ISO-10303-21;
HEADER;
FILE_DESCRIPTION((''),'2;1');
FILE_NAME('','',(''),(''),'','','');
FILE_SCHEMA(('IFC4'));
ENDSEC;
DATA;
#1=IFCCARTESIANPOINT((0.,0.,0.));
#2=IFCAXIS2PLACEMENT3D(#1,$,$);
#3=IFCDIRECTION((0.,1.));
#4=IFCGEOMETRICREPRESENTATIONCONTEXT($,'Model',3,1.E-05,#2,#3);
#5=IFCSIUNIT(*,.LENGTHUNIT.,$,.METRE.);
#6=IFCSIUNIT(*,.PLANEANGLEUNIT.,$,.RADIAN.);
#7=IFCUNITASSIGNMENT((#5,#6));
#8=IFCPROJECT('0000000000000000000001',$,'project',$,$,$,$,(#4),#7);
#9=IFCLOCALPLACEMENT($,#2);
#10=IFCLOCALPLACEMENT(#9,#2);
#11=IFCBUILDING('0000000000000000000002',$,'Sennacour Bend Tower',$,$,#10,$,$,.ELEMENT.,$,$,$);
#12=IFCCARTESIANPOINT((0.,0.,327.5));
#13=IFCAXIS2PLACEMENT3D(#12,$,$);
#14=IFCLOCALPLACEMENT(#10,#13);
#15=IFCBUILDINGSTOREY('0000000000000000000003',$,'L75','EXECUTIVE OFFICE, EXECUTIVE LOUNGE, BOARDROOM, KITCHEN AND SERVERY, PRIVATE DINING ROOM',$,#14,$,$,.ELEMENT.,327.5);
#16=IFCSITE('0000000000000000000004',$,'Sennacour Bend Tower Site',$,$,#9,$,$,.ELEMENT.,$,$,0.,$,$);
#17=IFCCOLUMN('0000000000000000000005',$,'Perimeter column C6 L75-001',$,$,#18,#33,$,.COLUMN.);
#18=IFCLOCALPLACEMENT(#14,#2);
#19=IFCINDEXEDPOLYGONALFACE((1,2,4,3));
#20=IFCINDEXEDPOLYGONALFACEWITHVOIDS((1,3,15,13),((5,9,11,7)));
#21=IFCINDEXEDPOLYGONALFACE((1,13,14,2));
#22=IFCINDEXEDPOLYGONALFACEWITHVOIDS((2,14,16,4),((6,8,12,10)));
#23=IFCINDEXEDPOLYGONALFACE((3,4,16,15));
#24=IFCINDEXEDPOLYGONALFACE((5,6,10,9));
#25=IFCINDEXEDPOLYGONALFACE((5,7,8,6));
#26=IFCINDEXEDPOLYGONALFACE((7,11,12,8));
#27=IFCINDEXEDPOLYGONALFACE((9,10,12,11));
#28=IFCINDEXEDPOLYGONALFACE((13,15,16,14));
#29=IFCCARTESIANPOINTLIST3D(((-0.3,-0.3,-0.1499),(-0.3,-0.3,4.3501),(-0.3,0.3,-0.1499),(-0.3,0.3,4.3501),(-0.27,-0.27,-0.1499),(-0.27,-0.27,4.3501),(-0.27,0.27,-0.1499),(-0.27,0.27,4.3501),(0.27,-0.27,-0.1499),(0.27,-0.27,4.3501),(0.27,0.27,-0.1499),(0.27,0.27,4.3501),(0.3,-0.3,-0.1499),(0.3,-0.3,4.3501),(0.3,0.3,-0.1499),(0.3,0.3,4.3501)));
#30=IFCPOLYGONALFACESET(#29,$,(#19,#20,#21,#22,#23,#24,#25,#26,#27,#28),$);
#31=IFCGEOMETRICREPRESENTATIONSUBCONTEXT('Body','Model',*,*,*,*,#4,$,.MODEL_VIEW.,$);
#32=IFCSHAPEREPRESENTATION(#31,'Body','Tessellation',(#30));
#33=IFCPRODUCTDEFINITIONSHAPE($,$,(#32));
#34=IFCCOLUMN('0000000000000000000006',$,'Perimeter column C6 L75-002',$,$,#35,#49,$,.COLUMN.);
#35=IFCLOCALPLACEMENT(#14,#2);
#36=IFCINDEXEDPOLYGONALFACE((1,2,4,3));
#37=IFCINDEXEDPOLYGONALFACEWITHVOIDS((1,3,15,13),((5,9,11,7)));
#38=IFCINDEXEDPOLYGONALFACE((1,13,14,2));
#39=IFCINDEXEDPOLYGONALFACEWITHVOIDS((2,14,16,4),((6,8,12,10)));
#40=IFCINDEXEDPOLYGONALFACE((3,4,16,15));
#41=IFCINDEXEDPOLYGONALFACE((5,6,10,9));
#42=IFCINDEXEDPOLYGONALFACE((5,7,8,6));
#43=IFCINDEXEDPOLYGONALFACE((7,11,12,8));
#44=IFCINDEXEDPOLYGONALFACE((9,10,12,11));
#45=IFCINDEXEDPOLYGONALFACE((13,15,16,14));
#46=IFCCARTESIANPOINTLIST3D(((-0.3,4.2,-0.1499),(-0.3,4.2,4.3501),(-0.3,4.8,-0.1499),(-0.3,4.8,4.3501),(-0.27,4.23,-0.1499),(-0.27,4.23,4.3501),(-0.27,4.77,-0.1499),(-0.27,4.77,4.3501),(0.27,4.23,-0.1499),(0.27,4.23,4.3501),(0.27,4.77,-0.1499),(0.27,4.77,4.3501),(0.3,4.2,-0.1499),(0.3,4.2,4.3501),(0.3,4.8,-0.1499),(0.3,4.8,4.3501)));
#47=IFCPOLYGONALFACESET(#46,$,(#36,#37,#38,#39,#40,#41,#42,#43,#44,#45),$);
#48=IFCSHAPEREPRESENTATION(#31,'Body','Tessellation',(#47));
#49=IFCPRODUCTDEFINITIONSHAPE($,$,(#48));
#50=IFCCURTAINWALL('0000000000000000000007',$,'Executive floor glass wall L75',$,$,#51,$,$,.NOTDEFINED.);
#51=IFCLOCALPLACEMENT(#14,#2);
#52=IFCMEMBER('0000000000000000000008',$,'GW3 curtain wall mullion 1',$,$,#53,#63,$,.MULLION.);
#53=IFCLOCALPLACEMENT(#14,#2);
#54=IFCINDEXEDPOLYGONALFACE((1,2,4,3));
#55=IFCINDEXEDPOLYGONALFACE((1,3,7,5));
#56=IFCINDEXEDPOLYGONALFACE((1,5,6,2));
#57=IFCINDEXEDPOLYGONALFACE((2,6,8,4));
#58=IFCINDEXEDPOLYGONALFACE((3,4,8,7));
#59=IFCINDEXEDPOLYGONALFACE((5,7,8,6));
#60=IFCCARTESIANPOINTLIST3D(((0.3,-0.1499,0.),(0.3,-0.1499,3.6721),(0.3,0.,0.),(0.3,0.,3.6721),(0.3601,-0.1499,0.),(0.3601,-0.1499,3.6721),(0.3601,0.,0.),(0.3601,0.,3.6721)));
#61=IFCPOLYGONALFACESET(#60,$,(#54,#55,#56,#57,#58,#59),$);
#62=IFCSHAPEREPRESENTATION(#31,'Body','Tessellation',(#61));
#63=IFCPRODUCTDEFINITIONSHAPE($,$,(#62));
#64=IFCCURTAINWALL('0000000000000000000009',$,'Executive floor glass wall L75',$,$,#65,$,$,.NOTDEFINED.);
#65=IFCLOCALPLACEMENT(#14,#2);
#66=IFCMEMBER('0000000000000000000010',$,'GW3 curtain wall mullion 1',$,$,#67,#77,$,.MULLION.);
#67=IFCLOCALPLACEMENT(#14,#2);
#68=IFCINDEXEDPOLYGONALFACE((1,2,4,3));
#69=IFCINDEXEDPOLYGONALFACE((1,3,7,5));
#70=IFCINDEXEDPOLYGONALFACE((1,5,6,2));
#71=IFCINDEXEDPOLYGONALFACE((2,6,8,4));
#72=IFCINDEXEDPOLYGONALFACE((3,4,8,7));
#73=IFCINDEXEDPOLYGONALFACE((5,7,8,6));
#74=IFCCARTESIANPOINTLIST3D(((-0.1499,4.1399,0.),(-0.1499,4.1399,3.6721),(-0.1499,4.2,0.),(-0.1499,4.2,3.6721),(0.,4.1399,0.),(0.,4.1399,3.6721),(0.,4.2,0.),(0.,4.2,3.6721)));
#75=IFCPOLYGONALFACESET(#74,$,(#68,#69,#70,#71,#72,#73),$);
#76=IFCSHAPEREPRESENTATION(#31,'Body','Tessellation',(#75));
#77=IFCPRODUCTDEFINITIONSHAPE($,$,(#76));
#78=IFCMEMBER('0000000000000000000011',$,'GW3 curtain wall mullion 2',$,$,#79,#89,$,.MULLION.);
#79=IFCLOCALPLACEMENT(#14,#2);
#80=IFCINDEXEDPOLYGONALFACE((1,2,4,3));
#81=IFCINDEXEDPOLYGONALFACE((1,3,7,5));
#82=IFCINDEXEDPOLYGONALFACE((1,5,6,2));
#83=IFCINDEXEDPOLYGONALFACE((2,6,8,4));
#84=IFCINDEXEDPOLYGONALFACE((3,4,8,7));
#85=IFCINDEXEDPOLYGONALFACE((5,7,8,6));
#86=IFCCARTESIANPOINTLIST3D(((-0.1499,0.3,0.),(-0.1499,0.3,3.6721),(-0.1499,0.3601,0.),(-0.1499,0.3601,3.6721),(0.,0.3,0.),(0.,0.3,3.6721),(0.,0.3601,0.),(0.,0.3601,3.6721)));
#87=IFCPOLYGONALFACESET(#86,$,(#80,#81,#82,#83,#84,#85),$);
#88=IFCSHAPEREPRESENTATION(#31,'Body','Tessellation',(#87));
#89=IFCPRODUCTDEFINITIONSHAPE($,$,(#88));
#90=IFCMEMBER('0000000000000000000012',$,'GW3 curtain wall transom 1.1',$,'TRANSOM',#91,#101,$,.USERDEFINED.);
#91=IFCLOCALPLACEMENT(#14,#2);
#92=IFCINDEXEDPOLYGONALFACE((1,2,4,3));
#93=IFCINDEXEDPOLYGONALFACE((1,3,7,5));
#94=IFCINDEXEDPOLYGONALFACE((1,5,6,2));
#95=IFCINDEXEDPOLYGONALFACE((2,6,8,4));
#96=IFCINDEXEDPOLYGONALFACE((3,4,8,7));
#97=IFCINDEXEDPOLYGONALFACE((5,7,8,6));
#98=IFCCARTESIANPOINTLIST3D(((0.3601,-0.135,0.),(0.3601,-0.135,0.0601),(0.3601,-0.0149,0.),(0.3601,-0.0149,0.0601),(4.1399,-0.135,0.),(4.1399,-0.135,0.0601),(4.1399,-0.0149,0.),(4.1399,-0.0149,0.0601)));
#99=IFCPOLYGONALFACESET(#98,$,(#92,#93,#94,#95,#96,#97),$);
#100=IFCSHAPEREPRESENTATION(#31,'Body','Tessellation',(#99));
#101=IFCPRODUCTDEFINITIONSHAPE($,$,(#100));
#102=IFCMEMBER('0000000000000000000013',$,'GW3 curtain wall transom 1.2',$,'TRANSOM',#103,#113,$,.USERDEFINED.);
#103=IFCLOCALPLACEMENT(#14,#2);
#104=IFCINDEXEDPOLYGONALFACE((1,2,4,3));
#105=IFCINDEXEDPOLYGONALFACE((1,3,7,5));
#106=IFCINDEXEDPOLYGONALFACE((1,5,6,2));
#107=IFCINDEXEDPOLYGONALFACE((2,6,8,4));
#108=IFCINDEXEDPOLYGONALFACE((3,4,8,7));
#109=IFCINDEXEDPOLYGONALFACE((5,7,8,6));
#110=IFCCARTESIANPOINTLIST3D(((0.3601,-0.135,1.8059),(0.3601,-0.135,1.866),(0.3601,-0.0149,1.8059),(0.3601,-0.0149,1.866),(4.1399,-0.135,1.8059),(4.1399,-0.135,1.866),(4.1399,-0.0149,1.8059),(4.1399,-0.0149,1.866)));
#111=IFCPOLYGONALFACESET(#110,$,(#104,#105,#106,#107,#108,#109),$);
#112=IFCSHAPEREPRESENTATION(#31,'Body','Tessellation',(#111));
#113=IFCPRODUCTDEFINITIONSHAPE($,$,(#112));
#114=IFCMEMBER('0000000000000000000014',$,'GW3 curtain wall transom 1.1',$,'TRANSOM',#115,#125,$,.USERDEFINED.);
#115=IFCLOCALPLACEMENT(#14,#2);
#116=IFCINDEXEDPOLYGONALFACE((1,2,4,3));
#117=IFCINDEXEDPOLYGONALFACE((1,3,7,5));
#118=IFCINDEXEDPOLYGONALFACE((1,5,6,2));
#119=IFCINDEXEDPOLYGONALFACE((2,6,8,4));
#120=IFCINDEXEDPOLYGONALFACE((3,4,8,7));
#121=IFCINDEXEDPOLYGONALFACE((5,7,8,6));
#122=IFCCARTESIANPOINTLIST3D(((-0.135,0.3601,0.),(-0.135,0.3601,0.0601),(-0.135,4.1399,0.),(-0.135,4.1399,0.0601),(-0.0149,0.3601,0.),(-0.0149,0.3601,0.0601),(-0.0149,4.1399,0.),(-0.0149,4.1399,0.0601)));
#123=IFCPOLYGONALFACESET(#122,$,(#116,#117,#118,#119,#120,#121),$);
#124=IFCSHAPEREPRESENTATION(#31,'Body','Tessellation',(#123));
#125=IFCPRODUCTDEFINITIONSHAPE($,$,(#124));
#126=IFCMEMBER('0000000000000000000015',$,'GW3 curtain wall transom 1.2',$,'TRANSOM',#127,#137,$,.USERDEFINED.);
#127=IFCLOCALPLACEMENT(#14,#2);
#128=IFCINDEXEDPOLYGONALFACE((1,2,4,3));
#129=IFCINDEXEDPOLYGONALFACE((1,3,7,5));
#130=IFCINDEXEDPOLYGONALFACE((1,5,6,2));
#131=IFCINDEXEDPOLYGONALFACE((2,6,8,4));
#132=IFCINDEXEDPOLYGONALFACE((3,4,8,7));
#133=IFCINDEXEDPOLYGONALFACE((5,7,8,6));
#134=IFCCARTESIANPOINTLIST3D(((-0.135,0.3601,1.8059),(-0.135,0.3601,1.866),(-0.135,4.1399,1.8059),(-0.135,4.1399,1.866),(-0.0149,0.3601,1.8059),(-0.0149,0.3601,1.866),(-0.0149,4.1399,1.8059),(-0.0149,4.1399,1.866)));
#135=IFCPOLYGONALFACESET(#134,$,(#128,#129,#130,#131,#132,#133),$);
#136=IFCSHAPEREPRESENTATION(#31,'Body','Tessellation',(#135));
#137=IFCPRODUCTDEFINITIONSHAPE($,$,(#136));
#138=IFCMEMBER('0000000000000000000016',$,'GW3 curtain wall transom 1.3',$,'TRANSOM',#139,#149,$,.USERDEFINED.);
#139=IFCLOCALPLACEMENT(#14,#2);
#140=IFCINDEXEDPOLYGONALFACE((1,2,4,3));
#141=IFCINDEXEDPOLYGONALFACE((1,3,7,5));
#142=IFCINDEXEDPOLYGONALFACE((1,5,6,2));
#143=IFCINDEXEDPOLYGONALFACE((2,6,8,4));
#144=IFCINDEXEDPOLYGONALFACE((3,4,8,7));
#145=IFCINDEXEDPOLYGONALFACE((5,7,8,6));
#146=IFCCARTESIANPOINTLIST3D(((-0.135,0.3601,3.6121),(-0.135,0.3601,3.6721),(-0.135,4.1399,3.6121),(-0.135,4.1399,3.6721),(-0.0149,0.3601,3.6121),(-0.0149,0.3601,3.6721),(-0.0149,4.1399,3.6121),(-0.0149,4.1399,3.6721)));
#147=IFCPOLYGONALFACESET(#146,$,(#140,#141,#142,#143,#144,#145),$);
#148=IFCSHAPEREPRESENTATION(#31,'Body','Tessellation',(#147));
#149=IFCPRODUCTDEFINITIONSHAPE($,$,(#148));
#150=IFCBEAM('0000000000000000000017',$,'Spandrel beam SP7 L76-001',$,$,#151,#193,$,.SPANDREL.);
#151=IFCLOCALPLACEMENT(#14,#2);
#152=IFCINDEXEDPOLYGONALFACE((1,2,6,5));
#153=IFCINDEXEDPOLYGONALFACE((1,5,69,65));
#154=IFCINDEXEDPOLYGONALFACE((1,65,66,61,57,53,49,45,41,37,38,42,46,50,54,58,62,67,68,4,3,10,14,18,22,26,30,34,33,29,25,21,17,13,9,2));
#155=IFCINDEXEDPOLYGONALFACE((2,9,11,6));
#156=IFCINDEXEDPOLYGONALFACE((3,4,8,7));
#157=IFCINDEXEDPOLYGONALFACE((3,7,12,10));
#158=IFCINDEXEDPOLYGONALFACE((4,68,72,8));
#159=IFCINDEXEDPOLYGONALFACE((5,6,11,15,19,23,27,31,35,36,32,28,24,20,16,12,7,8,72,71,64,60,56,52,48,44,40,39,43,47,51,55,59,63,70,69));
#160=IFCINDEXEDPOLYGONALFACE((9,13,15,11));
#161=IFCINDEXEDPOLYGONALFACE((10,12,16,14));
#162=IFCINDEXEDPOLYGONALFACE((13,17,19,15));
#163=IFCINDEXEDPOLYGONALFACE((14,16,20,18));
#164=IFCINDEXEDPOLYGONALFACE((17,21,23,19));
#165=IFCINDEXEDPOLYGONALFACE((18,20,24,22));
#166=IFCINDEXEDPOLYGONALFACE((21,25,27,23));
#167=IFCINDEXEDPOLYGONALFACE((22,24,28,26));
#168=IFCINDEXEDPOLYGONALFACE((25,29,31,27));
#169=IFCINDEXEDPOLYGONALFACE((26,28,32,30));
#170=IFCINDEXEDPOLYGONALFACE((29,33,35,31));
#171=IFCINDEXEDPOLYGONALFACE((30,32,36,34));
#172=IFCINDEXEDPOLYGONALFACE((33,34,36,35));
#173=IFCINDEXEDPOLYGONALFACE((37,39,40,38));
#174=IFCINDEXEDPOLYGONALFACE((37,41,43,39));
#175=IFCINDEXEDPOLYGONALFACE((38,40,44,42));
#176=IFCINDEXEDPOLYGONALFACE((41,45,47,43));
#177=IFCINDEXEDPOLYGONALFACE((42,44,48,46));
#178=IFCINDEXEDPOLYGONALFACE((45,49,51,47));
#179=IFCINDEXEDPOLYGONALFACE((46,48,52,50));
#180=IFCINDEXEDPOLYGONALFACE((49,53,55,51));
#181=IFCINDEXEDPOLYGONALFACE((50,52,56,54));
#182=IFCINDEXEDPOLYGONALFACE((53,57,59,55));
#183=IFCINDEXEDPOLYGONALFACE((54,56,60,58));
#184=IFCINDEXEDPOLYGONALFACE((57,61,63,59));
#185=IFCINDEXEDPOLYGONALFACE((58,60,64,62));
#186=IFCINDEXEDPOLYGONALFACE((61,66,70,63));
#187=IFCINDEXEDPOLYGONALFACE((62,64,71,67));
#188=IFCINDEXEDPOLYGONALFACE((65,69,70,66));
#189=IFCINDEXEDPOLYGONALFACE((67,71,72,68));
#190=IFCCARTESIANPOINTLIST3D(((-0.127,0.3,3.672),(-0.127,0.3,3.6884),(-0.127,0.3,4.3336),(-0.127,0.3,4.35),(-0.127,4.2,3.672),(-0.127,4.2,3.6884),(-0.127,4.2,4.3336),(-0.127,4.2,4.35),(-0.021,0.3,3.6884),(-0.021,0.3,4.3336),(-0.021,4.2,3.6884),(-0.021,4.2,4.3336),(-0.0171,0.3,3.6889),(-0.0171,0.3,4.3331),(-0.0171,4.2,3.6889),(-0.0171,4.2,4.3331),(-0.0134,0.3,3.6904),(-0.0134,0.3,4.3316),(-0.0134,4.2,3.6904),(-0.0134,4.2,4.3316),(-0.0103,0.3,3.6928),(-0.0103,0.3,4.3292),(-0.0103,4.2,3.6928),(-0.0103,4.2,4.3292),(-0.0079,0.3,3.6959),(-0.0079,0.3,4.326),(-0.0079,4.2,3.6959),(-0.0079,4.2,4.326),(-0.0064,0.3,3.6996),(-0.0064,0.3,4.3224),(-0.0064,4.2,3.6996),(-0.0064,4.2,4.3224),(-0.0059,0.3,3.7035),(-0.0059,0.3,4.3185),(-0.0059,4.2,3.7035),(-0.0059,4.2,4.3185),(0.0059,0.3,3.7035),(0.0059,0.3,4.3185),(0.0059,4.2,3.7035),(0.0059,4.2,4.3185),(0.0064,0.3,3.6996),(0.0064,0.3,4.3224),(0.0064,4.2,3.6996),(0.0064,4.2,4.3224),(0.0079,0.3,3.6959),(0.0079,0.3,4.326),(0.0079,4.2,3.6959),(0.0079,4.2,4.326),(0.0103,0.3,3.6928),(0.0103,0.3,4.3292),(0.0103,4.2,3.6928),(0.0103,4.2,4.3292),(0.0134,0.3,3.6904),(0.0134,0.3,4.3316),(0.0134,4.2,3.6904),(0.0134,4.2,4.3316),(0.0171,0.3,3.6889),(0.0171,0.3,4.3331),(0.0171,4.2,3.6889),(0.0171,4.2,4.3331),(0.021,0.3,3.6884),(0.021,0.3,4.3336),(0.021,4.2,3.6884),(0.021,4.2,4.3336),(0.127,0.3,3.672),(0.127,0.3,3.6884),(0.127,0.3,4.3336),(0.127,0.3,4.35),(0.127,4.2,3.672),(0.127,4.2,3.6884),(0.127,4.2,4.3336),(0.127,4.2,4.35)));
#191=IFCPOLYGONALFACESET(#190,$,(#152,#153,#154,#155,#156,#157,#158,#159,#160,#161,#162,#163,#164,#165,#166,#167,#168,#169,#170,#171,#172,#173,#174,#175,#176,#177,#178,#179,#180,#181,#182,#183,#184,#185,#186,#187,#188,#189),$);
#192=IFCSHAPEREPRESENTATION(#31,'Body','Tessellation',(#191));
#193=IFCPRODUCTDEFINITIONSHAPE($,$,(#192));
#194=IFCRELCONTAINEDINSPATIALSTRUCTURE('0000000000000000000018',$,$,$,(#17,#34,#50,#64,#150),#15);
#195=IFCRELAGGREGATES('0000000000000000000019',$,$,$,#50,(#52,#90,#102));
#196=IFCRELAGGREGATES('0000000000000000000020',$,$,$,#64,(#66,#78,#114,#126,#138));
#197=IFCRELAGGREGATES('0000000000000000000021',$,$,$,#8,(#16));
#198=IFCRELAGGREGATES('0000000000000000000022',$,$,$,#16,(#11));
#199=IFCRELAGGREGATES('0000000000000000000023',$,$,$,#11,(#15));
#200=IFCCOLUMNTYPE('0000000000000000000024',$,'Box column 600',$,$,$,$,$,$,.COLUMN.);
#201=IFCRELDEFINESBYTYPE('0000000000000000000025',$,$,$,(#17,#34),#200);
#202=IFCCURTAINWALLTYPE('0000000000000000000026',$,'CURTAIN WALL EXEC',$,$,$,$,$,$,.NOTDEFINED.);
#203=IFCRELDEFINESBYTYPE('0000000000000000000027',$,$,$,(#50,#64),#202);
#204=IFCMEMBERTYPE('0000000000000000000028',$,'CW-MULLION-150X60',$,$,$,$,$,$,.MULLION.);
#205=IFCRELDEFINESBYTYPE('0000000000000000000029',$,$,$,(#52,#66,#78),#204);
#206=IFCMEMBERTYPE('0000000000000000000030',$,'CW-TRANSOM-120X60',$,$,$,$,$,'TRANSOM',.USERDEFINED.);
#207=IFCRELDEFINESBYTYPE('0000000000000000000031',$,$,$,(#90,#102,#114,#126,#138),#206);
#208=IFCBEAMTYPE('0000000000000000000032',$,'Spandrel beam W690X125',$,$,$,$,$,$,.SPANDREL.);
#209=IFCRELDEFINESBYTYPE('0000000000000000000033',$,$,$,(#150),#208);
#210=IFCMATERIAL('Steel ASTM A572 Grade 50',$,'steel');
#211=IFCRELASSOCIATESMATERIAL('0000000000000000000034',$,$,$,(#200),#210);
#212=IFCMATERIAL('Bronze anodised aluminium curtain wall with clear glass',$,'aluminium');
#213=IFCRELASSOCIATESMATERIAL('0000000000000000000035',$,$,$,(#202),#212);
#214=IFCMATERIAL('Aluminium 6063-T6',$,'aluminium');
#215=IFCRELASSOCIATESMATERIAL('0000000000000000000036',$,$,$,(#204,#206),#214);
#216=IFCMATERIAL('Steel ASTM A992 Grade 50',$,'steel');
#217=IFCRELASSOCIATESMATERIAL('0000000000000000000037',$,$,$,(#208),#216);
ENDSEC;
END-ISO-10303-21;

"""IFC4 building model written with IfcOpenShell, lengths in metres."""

from ifc_helpers import new_model, si_unit, direction, frame, origin, origin_2d, place, context, subcontext, project, spatial, rectangle, hollow_rectangle, i_section, extrude, material, material_profile, profile_set, type_object, element, aggregate, save


model = new_model("IFC4")

# Units and contexts
model_context = context("Model", 3, precision=1e-05, world=origin(), true_north=direction((0.0, 1.0)))
body_context = subcontext(model_context, "Body", "Model", "MODEL_VIEW")
ifc_project = project(units=[si_unit("LENGTHUNIT", "METRE"), si_unit("PLANEANGLEUNIT", "RADIAN")], contexts=[model_context])

# Site, building, storey
site_placement = place(None, origin())
site = spatial("IfcSite", under=ifc_project, at=site_placement, Name="Sennacour Bend Tower Site", CompositionType="ELEMENT", RefElevation=0.0)
building_placement = place(site_placement, origin())
building = spatial("IfcBuilding", under=site, at=building_placement, Name="Sennacour Bend Tower", CompositionType="ELEMENT")
storey_placement = place(building_placement, frame((0.0, 0.0, 327.5)))
storey = spatial("IfcBuildingStorey", under=building, at=storey_placement, Name="L75", Description="EXECUTIVE OFFICE, EXECUTIVE LOUNGE, BOARDROOM, KITCHEN AND SERVERY, PRIVATE DINING ROOM", CompositionType="ELEMENT", Elevation=327.5)

# Columns
ifc_material_1 = material(Name="Steel ASTM A572 Grade 50", Category="steel")
ifc_material_profile_1 = material_profile(ifc_material_1, hollow_rectangle(XDim=0.6001, YDim=0.6001, WallThickness=0.03, at=origin_2d()), Name="Steel ASTM A572 Grade 50", Category="steel")
ifc_profile_set_1 = profile_set([ifc_material_profile_1], Name="Steel ASTM A572 Grade 50")
column_type = type_object("IfcColumnType", Name="Box column 600", PredefinedType="COLUMN", material=ifc_profile_set_1)
for number, where, z_axis, x_axis, name in (
    (1, (0.0, 0.0, -0.1499), (0.0, 0.0, 1.0), (1.0, 0.0, 0.0), "Perimeter column C6 L75-001"),
    (2, (0.0, 4.5, -0.1499), (0.0, 0.0, 1.0), (1.0, 0.0, 0.0), "Perimeter column C6 L75-002"),
):
    element("IfcColumn", number, at=place(storey_placement, frame(where, z_axis=z_axis, x_axis=x_axis)), inside=storey, type_object=column_type, Name=name, PredefinedType="COLUMN", context=body_context, shape_type="SweptSolid", body=[
        extrude(hollow_rectangle(XDim=0.6001, YDim=0.6001, WallThickness=0.03, at=origin_2d()), origin(), (0.0, 0.0, 1.0), 4.5),
    ])

# Curtain wall, member
ifc_material_2 = material(Name="Bronze anodised aluminium curtain wall with clear glass", Category="aluminium")
curtain_wall_type = type_object("IfcCurtainWallType", Name="CURTAIN WALL EXEC", PredefinedType="NOTDEFINED", material=ifc_material_2)
curtain_wall_1_placement = place(storey_placement, origin())
curtain_wall_1 = element("IfcCurtainWall", 3, at=curtain_wall_1_placement, inside=storey, type_object=curtain_wall_type, Name="Executive floor glass wall L75", PredefinedType="NOTDEFINED")
ifc_material_3 = material(Name="Aluminium 6063-T6", Category="aluminium")
ifc_material_profile_2 = material_profile(ifc_material_3, rectangle(XDim=0.1499, YDim=0.0601, at=origin_2d()), Name="Aluminium 6063-T6", Category="aluminium")
ifc_profile_set_2 = profile_set([ifc_material_profile_2], Name="Aluminium 6063-T6")
member_type_1 = type_object("IfcMemberType", Name="CW-MULLION-150X60", PredefinedType="MULLION", material=ifc_profile_set_2)
member_1_placement = place(storey_placement, frame((0.3301, -0.075, 0.0), z_axis=(0.0, 0.0, 1.0), x_axis=(0.0, 1.0, 0.0)))
member_1 = element("IfcMember", 4, at=member_1_placement, type_object=member_type_1, Name="GW3 curtain wall mullion 1", PredefinedType="MULLION", context=body_context, shape_type="SweptSolid", body=[
    extrude(rectangle(XDim=0.1499, YDim=0.0601, at=origin_2d()), origin(), (0.0, 0.0, 1.0), 3.6721),
])

# Curtain wall, members
curtain_wall_2_placement = place(storey_placement, origin())
curtain_wall_2 = element("IfcCurtainWall", 5, at=curtain_wall_2_placement, inside=storey, type_object=curtain_wall_type, Name="Executive floor glass wall L75", PredefinedType="NOTDEFINED")
member_2_placement = place(storey_placement, frame((-0.075, 4.1699, 0.0), z_axis=(0.0, 0.0, 1.0), x_axis=(1.0, 0.0, 0.0)))
member_2 = element("IfcMember", 6, at=member_2_placement, type_object=member_type_1, Name="GW3 curtain wall mullion 1", PredefinedType="MULLION", context=body_context, shape_type="SweptSolid", body=[
    extrude(rectangle(XDim=0.1499, YDim=0.0601, at=origin_2d()), origin(), (0.0, 0.0, 1.0), 3.6721),
])
member_3_placement = place(storey_placement, frame((-0.075, 0.3301, 0.0), z_axis=(0.0, 0.0, 1.0), x_axis=(1.0, 0.0, 0.0)))
member_3 = element("IfcMember", 7, at=member_3_placement, type_object=member_type_1, Name="GW3 curtain wall mullion 2", PredefinedType="MULLION", context=body_context, shape_type="SweptSolid", body=[
    extrude(rectangle(XDim=0.1499, YDim=0.0601, at=origin_2d()), origin(), (0.0, 0.0, 1.0), 3.6721),
])

# Members
ifc_material_profile_3 = material_profile(ifc_material_3, rectangle(XDim=0.1201, YDim=0.0601, at=origin_2d()), Name="Aluminium 6063-T6", Category="aluminium")
ifc_profile_set_3 = profile_set([ifc_material_profile_3], Name="Aluminium 6063-T6")
member_type_2 = type_object("IfcMemberType", Name="CW-TRANSOM-120X60", ElementType="TRANSOM", PredefinedType="USERDEFINED", material=ifc_profile_set_3)
member_4_placement = place(storey_placement, frame((0.3601, -0.075, 0.03), z_axis=(1.0, 0.0, 0.0), x_axis=(0.0, 1.0, 0.0)))
member_4 = element("IfcMember", 8, at=member_4_placement, type_object=member_type_2, Name="GW3 curtain wall transom 1.1", ObjectType="TRANSOM", PredefinedType="USERDEFINED", context=body_context, shape_type="SweptSolid", body=[
    extrude(rectangle(XDim=0.1201, YDim=0.0601, at=origin_2d()), origin(), (0.0, 0.0, 1.0), 3.7798),
])
member_5_placement = place(storey_placement, frame((0.3601, -0.075, 1.8359), z_axis=(1.0, 0.0, 0.0), x_axis=(0.0, 1.0, 0.0)))
member_5 = element("IfcMember", 9, at=member_5_placement, type_object=member_type_2, Name="GW3 curtain wall transom 1.2", ObjectType="TRANSOM", PredefinedType="USERDEFINED", context=body_context, shape_type="SweptSolid", body=[
    extrude(rectangle(XDim=0.1201, YDim=0.0601, at=origin_2d()), origin(), (0.0, 0.0, 1.0), 3.7798),
])
aggregate(curtain_wall_1, [member_1, member_4, member_5])
member_6_placement = place(storey_placement, frame((-0.075, 4.1399, 0.03), z_axis=(0.0, -1.0, 0.0), x_axis=(1.0, 0.0, 0.0)))
member_6 = element("IfcMember", 10, at=member_6_placement, type_object=member_type_2, Name="GW3 curtain wall transom 1.1", ObjectType="TRANSOM", PredefinedType="USERDEFINED", context=body_context, shape_type="SweptSolid", body=[
    extrude(rectangle(XDim=0.1201, YDim=0.0601, at=origin_2d()), origin(), (0.0, 0.0, 1.0), 3.7798),
])
member_7_placement = place(storey_placement, frame((-0.075, 4.1399, 1.8359), z_axis=(0.0, -1.0, 0.0), x_axis=(1.0, 0.0, 0.0)))
member_7 = element("IfcMember", 11, at=member_7_placement, type_object=member_type_2, Name="GW3 curtain wall transom 1.2", ObjectType="TRANSOM", PredefinedType="USERDEFINED", context=body_context, shape_type="SweptSolid", body=[
    extrude(rectangle(XDim=0.1201, YDim=0.0601, at=origin_2d()), origin(), (0.0, 0.0, 1.0), 3.7798),
])
member_8_placement = place(storey_placement, frame((-0.075, 4.1399, 3.6421), z_axis=(0.0, -1.0, 0.0), x_axis=(1.0, 0.0, 0.0)))
member_8 = element("IfcMember", 12, at=member_8_placement, type_object=member_type_2, Name="GW3 curtain wall transom 1.3", ObjectType="TRANSOM", PredefinedType="USERDEFINED", context=body_context, shape_type="SweptSolid", body=[
    extrude(rectangle(XDim=0.1201, YDim=0.0601, at=origin_2d()), origin(), (0.0, 0.0, 1.0), 3.7798),
])

# Beam
ifc_material_4 = material(Name="Steel ASTM A992 Grade 50", Category="steel")
ifc_material_profile_4 = material_profile(ifc_material_4, i_section(OverallWidth=0.2539, OverallDepth=0.678, WebThickness=0.0117, FlangeThickness=0.0164, FilletRadius=0.0151, at=origin_2d()), Name="Steel ASTM A992 Grade 50", Category="steel")
ifc_profile_set_4 = profile_set([ifc_material_profile_4], Name="Steel ASTM A992 Grade 50")
beam_type = type_object("IfcBeamType", Name="Spandrel beam W690X125", PredefinedType="SPANDREL", material=ifc_profile_set_4)
beam_placement = place(storey_placement, frame((0.0, 0.3, 4.011), z_axis=(0.0, 1.0, 0.0), x_axis=(-1.0, 0.0, 0.0)))
element("IfcBeam", 13, at=beam_placement, inside=storey, type_object=beam_type, Name="Spandrel beam SP7 L76-001", PredefinedType="SPANDREL", context=body_context, shape_type="SweptSolid", body=[
    extrude(i_section(OverallWidth=0.2539, OverallDepth=0.678, WebThickness=0.0117, FlangeThickness=0.0164, FilletRadius=0.0151, at=origin_2d()), origin(), (0.0, 0.0, 1.0), 3.8999),
])

aggregate(curtain_wall_2, [member_2, member_3, member_6, member_7, member_8])

save(model, "model.ifc")
